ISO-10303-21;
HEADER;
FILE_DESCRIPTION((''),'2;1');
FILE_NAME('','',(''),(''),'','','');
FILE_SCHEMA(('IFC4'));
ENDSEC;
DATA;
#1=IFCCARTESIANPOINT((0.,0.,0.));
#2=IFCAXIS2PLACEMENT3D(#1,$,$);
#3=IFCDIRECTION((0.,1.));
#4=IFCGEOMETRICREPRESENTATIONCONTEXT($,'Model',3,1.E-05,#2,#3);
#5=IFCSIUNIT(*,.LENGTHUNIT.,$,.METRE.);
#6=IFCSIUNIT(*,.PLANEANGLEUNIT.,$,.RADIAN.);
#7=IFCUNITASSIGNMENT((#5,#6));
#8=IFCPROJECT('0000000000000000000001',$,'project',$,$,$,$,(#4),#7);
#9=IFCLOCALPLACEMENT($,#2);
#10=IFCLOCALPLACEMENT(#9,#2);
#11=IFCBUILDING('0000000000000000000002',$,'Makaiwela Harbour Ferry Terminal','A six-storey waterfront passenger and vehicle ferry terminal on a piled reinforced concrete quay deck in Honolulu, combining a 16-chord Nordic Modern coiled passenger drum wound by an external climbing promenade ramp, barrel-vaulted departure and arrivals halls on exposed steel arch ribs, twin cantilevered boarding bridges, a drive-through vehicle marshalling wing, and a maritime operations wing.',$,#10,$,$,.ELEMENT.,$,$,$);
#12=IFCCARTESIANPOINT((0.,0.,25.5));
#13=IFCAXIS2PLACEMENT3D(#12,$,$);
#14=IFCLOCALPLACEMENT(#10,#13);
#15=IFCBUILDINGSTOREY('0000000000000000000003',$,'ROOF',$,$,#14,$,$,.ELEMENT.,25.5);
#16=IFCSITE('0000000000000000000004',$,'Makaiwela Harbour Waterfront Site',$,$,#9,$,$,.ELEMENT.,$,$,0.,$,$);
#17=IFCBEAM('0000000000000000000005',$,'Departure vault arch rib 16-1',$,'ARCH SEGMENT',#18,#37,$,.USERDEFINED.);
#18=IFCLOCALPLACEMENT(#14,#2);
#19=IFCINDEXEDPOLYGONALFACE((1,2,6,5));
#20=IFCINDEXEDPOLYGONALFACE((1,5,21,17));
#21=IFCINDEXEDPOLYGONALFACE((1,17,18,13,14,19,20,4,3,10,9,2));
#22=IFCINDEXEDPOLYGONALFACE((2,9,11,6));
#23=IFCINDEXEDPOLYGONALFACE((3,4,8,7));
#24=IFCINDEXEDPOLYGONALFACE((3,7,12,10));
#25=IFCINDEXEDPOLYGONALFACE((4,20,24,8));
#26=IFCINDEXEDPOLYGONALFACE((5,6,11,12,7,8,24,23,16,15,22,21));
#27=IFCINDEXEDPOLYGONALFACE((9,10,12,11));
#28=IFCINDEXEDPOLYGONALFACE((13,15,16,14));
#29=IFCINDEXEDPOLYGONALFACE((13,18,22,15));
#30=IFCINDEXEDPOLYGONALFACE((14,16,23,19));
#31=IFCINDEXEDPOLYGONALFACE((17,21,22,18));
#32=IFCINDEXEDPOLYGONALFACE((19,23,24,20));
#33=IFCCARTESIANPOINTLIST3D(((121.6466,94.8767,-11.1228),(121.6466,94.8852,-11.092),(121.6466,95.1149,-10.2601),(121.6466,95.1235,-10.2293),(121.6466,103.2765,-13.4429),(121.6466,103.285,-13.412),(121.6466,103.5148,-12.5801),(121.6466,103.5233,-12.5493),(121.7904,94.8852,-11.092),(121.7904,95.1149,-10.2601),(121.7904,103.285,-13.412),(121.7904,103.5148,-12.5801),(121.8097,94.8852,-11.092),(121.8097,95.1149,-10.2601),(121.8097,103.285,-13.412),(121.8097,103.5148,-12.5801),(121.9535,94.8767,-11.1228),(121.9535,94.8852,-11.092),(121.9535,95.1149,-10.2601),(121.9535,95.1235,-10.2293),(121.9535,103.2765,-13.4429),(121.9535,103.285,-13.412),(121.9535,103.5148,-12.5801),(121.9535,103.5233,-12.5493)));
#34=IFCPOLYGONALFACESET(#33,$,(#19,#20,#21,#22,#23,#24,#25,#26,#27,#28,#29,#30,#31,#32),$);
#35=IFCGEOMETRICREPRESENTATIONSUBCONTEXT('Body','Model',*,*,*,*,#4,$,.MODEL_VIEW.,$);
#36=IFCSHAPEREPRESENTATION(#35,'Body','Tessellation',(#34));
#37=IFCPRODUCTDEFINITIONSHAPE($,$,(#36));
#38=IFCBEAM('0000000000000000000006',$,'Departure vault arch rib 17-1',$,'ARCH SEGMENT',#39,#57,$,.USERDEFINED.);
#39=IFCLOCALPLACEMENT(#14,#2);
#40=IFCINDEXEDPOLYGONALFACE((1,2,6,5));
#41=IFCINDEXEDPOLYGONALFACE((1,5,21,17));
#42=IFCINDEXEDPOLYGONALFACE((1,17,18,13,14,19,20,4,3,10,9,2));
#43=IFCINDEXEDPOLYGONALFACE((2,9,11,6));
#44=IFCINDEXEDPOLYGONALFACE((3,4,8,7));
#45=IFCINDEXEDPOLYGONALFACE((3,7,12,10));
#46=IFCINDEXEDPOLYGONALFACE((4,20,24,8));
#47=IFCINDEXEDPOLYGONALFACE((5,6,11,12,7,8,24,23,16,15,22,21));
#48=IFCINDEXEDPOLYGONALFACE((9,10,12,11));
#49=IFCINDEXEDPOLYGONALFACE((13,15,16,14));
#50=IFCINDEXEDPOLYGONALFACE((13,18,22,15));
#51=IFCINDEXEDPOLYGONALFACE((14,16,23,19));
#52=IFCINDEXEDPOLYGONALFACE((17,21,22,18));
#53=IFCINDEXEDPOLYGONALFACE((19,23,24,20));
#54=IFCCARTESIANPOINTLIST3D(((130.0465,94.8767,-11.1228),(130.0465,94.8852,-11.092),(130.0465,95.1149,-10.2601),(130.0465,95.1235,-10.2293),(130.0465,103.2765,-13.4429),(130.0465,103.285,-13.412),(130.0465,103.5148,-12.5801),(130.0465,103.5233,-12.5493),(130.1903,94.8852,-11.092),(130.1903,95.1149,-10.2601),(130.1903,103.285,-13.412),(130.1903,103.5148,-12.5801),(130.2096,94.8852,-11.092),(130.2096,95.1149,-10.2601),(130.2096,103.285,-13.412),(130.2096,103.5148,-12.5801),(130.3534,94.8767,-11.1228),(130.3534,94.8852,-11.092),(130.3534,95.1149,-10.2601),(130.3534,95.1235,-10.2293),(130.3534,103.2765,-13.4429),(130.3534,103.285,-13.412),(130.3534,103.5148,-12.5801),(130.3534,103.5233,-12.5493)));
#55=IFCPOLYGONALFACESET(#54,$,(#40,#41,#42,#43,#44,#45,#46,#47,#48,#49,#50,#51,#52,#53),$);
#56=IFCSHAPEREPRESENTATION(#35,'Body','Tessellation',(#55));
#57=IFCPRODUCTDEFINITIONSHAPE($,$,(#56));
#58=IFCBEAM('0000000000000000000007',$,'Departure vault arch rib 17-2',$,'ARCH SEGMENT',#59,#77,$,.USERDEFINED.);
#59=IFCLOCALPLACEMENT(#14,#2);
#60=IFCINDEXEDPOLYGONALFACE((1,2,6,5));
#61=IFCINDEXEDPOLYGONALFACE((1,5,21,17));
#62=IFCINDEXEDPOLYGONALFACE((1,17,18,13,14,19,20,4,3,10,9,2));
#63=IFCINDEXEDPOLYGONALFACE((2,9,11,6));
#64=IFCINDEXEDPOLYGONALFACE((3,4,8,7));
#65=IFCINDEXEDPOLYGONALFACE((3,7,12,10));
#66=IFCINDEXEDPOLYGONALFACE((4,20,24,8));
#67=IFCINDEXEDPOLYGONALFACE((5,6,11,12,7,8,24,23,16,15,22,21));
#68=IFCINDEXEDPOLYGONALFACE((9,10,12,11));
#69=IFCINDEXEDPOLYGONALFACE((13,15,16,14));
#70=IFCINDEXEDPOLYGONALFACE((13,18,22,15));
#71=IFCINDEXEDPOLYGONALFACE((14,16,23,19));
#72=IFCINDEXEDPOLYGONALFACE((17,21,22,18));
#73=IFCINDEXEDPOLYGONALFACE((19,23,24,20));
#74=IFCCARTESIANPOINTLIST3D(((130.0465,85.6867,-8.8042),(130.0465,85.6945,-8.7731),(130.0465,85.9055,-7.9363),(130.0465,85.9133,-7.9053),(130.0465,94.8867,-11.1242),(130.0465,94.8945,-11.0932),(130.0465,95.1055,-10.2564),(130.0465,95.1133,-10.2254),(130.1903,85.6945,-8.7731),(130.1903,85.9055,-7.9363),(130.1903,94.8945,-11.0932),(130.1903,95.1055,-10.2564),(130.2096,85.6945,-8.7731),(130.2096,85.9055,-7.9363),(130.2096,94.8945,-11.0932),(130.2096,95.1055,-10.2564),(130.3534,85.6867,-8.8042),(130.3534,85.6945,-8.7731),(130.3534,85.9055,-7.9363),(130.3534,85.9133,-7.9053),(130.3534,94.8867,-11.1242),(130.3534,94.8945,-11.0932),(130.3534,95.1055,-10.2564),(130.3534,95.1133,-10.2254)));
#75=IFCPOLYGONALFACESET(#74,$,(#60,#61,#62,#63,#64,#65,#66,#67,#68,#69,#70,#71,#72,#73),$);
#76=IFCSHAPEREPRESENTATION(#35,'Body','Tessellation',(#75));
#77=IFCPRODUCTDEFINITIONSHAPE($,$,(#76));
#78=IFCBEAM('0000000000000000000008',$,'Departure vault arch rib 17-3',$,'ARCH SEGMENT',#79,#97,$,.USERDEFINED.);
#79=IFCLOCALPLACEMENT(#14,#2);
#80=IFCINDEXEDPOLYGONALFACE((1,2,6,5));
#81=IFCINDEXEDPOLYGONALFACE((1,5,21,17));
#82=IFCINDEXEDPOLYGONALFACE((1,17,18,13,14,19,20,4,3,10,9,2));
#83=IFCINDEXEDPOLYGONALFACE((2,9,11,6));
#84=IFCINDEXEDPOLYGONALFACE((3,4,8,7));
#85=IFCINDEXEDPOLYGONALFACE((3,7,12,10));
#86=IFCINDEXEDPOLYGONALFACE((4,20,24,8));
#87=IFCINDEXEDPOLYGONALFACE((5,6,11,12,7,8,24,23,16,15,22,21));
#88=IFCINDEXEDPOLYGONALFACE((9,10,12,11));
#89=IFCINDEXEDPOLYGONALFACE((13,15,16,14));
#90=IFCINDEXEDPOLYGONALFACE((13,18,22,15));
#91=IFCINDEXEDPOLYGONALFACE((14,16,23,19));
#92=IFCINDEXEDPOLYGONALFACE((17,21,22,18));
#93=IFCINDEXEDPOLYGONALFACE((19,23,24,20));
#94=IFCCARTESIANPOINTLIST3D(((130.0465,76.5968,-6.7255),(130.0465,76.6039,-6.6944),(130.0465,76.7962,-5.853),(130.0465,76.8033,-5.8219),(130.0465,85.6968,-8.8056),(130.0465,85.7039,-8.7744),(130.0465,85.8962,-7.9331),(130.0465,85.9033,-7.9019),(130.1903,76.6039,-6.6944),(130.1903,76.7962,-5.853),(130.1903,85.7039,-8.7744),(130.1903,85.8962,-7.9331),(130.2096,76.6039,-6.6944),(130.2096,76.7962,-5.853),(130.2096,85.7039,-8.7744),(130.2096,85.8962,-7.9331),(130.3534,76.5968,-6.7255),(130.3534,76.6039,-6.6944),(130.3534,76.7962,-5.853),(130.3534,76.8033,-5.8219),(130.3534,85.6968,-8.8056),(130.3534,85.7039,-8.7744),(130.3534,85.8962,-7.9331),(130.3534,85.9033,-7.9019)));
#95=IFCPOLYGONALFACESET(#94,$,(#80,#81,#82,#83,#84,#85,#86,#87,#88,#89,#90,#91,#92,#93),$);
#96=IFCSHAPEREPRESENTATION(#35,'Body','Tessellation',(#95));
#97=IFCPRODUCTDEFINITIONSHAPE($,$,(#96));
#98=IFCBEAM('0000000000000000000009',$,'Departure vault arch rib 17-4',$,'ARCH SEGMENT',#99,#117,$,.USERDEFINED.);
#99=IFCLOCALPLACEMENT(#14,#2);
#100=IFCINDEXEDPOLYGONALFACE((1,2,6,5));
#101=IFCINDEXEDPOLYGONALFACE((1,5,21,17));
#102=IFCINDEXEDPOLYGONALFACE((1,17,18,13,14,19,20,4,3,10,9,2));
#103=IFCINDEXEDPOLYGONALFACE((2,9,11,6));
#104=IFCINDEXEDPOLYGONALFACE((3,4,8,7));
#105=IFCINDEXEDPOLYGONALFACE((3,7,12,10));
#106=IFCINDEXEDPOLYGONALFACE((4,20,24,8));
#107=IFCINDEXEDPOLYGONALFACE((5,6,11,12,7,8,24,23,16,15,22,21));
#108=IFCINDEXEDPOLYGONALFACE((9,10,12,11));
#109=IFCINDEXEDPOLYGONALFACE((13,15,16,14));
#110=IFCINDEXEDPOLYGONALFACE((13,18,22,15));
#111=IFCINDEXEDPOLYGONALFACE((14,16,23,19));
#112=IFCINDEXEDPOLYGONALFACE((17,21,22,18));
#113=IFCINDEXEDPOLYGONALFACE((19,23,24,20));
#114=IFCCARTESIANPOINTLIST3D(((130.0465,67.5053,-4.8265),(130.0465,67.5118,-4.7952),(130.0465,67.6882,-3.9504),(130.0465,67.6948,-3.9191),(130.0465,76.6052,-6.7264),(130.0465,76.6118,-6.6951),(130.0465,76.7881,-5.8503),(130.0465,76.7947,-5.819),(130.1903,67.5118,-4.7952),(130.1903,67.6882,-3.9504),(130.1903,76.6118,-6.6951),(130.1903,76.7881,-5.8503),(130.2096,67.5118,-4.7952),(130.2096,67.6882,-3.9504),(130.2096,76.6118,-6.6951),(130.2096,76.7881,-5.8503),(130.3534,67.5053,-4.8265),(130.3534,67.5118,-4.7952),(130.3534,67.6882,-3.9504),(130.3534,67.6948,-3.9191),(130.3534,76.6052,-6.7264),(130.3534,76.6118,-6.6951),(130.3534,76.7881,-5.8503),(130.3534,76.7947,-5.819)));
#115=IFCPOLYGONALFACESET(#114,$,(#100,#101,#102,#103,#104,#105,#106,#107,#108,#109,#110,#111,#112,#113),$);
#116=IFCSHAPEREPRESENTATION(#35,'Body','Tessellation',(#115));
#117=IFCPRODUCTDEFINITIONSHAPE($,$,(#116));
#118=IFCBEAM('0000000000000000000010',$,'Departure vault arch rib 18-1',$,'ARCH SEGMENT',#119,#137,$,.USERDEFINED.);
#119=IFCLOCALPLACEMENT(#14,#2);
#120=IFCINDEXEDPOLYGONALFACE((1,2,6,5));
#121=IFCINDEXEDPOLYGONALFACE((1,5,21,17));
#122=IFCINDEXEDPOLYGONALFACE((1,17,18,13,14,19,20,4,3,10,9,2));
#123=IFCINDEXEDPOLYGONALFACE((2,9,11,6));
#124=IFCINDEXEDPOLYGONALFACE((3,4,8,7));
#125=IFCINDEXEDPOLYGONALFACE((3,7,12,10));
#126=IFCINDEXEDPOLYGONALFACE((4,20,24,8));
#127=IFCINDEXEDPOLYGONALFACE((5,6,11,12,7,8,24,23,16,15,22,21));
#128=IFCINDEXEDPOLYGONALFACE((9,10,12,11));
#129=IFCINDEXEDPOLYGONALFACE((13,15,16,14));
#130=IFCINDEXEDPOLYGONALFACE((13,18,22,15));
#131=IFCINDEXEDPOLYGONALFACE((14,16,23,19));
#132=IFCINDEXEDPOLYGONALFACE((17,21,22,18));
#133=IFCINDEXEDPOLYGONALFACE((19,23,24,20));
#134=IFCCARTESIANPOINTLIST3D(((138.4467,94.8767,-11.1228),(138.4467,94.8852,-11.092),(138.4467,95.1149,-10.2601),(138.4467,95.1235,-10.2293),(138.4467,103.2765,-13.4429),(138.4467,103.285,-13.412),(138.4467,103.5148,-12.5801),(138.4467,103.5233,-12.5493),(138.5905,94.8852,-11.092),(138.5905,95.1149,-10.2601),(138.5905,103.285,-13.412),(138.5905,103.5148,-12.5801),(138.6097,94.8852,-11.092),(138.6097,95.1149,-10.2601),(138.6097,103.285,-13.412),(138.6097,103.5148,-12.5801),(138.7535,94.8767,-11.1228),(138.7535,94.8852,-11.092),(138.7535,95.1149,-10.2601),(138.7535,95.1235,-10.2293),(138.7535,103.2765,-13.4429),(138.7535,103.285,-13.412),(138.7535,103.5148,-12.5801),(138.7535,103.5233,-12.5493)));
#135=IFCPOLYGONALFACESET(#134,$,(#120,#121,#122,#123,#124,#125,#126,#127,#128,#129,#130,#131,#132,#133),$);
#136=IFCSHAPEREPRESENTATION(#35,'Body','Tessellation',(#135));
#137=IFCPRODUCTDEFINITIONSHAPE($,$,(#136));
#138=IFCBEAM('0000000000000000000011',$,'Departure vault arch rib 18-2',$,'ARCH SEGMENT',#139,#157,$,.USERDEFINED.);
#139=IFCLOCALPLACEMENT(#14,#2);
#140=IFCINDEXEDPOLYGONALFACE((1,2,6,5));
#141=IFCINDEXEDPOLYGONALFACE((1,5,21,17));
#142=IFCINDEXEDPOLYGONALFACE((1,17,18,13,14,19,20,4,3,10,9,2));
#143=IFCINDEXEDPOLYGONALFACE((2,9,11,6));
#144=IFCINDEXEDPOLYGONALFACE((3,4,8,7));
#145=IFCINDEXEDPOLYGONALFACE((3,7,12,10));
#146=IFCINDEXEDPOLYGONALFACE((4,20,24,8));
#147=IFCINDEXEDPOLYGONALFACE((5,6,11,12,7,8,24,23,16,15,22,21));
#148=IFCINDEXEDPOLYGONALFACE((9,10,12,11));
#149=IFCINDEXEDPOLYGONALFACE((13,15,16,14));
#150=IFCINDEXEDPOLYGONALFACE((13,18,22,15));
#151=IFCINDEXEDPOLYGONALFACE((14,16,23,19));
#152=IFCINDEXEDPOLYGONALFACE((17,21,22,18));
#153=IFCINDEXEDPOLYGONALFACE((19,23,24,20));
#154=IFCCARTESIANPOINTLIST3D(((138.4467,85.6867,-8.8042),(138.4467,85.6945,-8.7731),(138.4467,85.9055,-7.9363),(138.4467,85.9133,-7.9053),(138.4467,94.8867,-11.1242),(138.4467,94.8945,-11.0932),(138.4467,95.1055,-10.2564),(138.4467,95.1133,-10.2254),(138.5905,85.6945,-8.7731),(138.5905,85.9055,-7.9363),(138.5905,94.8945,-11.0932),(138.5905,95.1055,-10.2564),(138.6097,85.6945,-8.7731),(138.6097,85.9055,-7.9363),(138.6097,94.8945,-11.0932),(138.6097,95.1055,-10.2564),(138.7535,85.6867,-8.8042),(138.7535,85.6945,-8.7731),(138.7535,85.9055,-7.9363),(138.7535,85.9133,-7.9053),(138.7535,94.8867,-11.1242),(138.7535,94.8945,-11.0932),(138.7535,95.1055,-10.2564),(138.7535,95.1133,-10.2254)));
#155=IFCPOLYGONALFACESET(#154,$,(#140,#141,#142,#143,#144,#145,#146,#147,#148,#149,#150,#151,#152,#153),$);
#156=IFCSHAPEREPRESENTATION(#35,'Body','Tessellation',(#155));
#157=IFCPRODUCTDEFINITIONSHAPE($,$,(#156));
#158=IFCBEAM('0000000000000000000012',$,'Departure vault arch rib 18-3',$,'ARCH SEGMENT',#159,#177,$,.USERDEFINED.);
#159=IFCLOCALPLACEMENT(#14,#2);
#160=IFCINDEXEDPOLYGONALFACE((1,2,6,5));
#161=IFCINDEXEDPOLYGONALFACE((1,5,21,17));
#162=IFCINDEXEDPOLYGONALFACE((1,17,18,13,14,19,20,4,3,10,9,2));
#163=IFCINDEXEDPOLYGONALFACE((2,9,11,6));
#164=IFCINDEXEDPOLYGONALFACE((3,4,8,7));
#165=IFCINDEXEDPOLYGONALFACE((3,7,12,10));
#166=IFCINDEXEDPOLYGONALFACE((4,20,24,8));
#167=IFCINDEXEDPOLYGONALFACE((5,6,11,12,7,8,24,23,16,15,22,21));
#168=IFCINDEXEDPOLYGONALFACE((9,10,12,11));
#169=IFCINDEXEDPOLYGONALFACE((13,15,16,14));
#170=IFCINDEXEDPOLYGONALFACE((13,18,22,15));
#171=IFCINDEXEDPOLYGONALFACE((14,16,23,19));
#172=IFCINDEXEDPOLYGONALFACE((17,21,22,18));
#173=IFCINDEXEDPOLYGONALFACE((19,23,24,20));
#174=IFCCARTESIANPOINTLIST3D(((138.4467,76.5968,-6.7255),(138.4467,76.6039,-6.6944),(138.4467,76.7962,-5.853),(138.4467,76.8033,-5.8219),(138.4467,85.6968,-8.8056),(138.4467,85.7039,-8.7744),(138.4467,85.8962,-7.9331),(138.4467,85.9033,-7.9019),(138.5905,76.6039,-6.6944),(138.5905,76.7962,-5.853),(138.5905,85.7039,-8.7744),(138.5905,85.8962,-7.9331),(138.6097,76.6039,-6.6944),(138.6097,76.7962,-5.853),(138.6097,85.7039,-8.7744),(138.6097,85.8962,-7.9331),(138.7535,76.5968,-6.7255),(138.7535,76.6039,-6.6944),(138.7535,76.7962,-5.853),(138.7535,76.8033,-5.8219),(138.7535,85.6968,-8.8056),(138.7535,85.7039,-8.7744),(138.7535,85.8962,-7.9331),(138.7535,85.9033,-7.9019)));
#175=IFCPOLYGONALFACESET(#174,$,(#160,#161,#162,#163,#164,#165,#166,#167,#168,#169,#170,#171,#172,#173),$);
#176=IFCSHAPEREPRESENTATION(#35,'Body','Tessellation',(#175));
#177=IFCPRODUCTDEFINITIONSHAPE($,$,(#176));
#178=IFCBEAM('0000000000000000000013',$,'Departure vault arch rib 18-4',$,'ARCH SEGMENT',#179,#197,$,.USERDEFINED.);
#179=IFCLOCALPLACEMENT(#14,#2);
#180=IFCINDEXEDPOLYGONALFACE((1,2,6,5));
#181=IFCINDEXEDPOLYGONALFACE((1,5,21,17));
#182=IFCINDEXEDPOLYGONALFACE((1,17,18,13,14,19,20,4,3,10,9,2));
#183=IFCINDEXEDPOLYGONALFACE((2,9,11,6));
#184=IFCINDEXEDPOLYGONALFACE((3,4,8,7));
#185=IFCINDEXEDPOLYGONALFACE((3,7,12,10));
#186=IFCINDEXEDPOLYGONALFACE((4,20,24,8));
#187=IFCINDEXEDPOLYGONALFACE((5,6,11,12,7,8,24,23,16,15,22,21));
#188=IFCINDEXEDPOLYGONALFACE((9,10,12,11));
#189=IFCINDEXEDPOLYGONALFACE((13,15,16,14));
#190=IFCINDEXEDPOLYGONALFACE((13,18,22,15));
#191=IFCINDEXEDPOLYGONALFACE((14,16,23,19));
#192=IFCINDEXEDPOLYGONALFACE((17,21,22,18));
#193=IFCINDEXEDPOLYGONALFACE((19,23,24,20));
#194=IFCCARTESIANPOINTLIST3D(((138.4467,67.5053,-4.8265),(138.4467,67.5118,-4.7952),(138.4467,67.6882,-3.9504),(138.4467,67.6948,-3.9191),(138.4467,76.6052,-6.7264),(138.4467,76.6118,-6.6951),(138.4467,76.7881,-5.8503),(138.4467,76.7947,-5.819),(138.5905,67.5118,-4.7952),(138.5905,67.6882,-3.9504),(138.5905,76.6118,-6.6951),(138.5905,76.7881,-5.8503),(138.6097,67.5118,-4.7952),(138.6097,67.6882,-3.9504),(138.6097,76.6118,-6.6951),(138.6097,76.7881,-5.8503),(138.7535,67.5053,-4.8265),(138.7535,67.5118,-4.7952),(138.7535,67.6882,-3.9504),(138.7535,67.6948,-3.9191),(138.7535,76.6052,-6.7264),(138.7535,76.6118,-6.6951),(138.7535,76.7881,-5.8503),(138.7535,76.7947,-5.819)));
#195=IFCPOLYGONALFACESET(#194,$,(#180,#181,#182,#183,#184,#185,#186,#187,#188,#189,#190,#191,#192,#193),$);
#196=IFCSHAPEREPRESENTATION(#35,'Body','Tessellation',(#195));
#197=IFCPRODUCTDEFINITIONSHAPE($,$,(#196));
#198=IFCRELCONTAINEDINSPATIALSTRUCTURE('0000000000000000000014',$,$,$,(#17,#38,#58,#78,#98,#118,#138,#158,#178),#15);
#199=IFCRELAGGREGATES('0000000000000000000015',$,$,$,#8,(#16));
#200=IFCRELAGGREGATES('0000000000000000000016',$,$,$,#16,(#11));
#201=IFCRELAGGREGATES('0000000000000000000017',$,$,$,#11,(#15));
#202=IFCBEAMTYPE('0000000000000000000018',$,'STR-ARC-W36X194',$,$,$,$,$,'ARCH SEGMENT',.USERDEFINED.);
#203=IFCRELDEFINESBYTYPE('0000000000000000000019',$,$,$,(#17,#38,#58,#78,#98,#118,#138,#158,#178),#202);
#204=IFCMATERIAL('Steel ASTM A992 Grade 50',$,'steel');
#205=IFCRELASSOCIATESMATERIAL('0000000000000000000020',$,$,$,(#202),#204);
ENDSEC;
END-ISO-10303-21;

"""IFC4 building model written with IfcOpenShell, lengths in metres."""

from ifc_helpers import new_model, si_unit, direction, frame, origin, origin_2d, place, context, subcontext, project, spatial, i_section, extrude, material, material_profile, profile_set, type_object, element, save


model = new_model("IFC4")

# Units and contexts
model_context = context("Model", 3, precision=1e-05, world=origin(), true_north=direction((0.0, 1.0)))
body_context = subcontext(model_context, "Body", "Model", "MODEL_VIEW")
ifc_project = project(units=[si_unit("LENGTHUNIT", "METRE"), si_unit("PLANEANGLEUNIT", "RADIAN")], contexts=[model_context])

# Site, building, storey
site_placement = place(None, origin())
site = spatial("IfcSite", under=ifc_project, at=site_placement, Name="Makaiwela Harbour Waterfront Site", CompositionType="ELEMENT", RefElevation=0.0)
building_placement = place(site_placement, origin())
building = spatial("IfcBuilding", under=site, at=building_placement, Name="Makaiwela Harbour Ferry Terminal", Description="A six-storey waterfront passenger and vehicle ferry terminal on a piled reinforced concrete quay deck in Honolulu, combining a 16-chord Nordic Modern coiled passenger drum wound by an external climbing promenade ramp, barrel-vaulted departure and arrivals halls on exposed steel arch ribs, twin cantilevered boarding bridges, a drive-through vehicle marshalling wing, and a maritime operations wing.", CompositionType="ELEMENT")
storey_placement = place(building_placement, frame((0.0, 0.0, 25.5)))
storey = spatial("IfcBuildingStorey", under=building, at=storey_placement, Name="ROOF", CompositionType="ELEMENT", Elevation=25.5)

# Beams
ifc_material_1 = material(Name="Steel ASTM A992 Grade 50", Category="steel")
ifc_material_profile_1 = material_profile(ifc_material_1, i_section(OverallWidth=0.3069, OverallDepth=0.927, WebThickness=0.0193, FlangeThickness=0.032, at=origin_2d()), Name="W36X194")
ifc_profile_set_1 = profile_set([ifc_material_profile_1], Name="Steel ASTM A992 Grade 50")
beam_type = type_object("IfcBeamType", Name="STR-ARC-W36X194", ElementType="ARCH SEGMENT", PredefinedType="USERDEFINED", material=ifc_profile_set_1)
for number, where, z_axis, x_axis, name in (
    (1, (121.8, 103.3999, -12.9961), (0.0, -0.963909, 0.266233), (1.0, 0.0, 0.0), "Departure vault arch rib 16-1"),
    (2, (130.2, 103.3999, -12.9961), (0.0, -0.963909, 0.266233), (1.0, 0.0, 0.0), "Departure vault arch rib 17-1"),
):
    element("IfcBeam", number, at=place(storey_placement, frame(where, z_axis=z_axis, x_axis=x_axis)), inside=storey, type_object=beam_type, Name=name, ObjectType="ARCH SEGMENT", PredefinedType="USERDEFINED", context=body_context, shape_type="SweptSolid", body=[
        extrude(i_section(OverallWidth=0.3069, OverallDepth=0.927, WebThickness=0.0193, FlangeThickness=0.032, at=origin_2d()), origin(), (0.0, 0.0, 1.0), 8.7144),
    ])
beam_1_placement = place(storey_placement, frame((130.2, 95.0, -10.6748), z_axis=(0.0, -0.969642, 0.244527), x_axis=(1.0, 0.0, 0.0)))
element("IfcBeam", 3, at=beam_1_placement, inside=storey, type_object=beam_type, Name="Departure vault arch rib 17-2", ObjectType="ARCH SEGMENT", PredefinedType="USERDEFINED", context=body_context, shape_type="SweptSolid", body=[
    extrude(i_section(OverallWidth=0.3069, OverallDepth=0.927, WebThickness=0.0193, FlangeThickness=0.032, at=origin_2d()), origin(), (0.0, 0.0, 1.0), 9.488),
])
beam_2_placement = place(storey_placement, frame((130.2, 85.8, -8.3538), z_axis=(0.0, -0.974857, 0.22283), x_axis=(1.0, 0.0, 0.0)))
element("IfcBeam", 4, at=beam_2_placement, inside=storey, type_object=beam_type, Name="Departure vault arch rib 17-3", ObjectType="ARCH SEGMENT", PredefinedType="USERDEFINED", context=body_context, shape_type="SweptSolid", body=[
    extrude(i_section(OverallWidth=0.3069, OverallDepth=0.927, WebThickness=0.0193, FlangeThickness=0.032, at=origin_2d()), origin(), (0.0, 0.0, 1.0), 9.3347),
])
beam_3_placement = place(storey_placement, frame((130.2, 76.7, -6.2727), z_axis=(0.0, -0.978892, 0.204377), x_axis=(1.0, 0.0, 0.0)))
element("IfcBeam", 5, at=beam_3_placement, inside=storey, type_object=beam_type, Name="Departure vault arch rib 17-4", ObjectType="ARCH SEGMENT", PredefinedType="USERDEFINED", context=body_context, shape_type="SweptSolid", body=[
    extrude(i_section(OverallWidth=0.3069, OverallDepth=0.927, WebThickness=0.0193, FlangeThickness=0.032, at=origin_2d()), origin(), (0.0, 0.0, 1.0), 9.2961),
])
beam_4_placement = place(storey_placement, frame((138.6001, 103.3999, -12.9961), z_axis=(0.0, -0.963909, 0.266233), x_axis=(1.0, 0.0, 0.0)))
element("IfcBeam", 6, at=beam_4_placement, inside=storey, type_object=beam_type, Name="Departure vault arch rib 18-1", ObjectType="ARCH SEGMENT", PredefinedType="USERDEFINED", context=body_context, shape_type="SweptSolid", body=[
    extrude(i_section(OverallWidth=0.3069, OverallDepth=0.927, WebThickness=0.0193, FlangeThickness=0.032, at=origin_2d()), origin(), (0.0, 0.0, 1.0), 8.7144),
])
beam_5_placement = place(storey_placement, frame((138.6001, 95.0, -10.6748), z_axis=(0.0, -0.969642, 0.244527), x_axis=(1.0, 0.0, 0.0)))
element("IfcBeam", 7, at=beam_5_placement, inside=storey, type_object=beam_type, Name="Departure vault arch rib 18-2", ObjectType="ARCH SEGMENT", PredefinedType="USERDEFINED", context=body_context, shape_type="SweptSolid", body=[
    extrude(i_section(OverallWidth=0.3069, OverallDepth=0.927, WebThickness=0.0193, FlangeThickness=0.032, at=origin_2d()), origin(), (0.0, 0.0, 1.0), 9.488),
])
beam_6_placement = place(storey_placement, frame((138.6001, 85.8, -8.3538), z_axis=(0.0, -0.974857, 0.22283), x_axis=(1.0, 0.0, 0.0)))
element("IfcBeam", 8, at=beam_6_placement, inside=storey, type_object=beam_type, Name="Departure vault arch rib 18-3", ObjectType="ARCH SEGMENT", PredefinedType="USERDEFINED", context=body_context, shape_type="SweptSolid", body=[
    extrude(i_section(OverallWidth=0.3069, OverallDepth=0.927, WebThickness=0.0193, FlangeThickness=0.032, at=origin_2d()), origin(), (0.0, 0.0, 1.0), 9.3347),
])
beam_7_placement = place(storey_placement, frame((138.6001, 76.7, -6.2727), z_axis=(0.0, -0.978892, 0.204377), x_axis=(1.0, 0.0, 0.0)))
element("IfcBeam", 9, at=beam_7_placement, inside=storey, type_object=beam_type, Name="Departure vault arch rib 18-4", ObjectType="ARCH SEGMENT", PredefinedType="USERDEFINED", context=body_context, shape_type="SweptSolid", body=[
    extrude(i_section(OverallWidth=0.3069, OverallDepth=0.927, WebThickness=0.0193, FlangeThickness=0.032, at=origin_2d()), origin(), (0.0, 0.0, 1.0), 9.2961),
])

save(model, "model.ifc")
